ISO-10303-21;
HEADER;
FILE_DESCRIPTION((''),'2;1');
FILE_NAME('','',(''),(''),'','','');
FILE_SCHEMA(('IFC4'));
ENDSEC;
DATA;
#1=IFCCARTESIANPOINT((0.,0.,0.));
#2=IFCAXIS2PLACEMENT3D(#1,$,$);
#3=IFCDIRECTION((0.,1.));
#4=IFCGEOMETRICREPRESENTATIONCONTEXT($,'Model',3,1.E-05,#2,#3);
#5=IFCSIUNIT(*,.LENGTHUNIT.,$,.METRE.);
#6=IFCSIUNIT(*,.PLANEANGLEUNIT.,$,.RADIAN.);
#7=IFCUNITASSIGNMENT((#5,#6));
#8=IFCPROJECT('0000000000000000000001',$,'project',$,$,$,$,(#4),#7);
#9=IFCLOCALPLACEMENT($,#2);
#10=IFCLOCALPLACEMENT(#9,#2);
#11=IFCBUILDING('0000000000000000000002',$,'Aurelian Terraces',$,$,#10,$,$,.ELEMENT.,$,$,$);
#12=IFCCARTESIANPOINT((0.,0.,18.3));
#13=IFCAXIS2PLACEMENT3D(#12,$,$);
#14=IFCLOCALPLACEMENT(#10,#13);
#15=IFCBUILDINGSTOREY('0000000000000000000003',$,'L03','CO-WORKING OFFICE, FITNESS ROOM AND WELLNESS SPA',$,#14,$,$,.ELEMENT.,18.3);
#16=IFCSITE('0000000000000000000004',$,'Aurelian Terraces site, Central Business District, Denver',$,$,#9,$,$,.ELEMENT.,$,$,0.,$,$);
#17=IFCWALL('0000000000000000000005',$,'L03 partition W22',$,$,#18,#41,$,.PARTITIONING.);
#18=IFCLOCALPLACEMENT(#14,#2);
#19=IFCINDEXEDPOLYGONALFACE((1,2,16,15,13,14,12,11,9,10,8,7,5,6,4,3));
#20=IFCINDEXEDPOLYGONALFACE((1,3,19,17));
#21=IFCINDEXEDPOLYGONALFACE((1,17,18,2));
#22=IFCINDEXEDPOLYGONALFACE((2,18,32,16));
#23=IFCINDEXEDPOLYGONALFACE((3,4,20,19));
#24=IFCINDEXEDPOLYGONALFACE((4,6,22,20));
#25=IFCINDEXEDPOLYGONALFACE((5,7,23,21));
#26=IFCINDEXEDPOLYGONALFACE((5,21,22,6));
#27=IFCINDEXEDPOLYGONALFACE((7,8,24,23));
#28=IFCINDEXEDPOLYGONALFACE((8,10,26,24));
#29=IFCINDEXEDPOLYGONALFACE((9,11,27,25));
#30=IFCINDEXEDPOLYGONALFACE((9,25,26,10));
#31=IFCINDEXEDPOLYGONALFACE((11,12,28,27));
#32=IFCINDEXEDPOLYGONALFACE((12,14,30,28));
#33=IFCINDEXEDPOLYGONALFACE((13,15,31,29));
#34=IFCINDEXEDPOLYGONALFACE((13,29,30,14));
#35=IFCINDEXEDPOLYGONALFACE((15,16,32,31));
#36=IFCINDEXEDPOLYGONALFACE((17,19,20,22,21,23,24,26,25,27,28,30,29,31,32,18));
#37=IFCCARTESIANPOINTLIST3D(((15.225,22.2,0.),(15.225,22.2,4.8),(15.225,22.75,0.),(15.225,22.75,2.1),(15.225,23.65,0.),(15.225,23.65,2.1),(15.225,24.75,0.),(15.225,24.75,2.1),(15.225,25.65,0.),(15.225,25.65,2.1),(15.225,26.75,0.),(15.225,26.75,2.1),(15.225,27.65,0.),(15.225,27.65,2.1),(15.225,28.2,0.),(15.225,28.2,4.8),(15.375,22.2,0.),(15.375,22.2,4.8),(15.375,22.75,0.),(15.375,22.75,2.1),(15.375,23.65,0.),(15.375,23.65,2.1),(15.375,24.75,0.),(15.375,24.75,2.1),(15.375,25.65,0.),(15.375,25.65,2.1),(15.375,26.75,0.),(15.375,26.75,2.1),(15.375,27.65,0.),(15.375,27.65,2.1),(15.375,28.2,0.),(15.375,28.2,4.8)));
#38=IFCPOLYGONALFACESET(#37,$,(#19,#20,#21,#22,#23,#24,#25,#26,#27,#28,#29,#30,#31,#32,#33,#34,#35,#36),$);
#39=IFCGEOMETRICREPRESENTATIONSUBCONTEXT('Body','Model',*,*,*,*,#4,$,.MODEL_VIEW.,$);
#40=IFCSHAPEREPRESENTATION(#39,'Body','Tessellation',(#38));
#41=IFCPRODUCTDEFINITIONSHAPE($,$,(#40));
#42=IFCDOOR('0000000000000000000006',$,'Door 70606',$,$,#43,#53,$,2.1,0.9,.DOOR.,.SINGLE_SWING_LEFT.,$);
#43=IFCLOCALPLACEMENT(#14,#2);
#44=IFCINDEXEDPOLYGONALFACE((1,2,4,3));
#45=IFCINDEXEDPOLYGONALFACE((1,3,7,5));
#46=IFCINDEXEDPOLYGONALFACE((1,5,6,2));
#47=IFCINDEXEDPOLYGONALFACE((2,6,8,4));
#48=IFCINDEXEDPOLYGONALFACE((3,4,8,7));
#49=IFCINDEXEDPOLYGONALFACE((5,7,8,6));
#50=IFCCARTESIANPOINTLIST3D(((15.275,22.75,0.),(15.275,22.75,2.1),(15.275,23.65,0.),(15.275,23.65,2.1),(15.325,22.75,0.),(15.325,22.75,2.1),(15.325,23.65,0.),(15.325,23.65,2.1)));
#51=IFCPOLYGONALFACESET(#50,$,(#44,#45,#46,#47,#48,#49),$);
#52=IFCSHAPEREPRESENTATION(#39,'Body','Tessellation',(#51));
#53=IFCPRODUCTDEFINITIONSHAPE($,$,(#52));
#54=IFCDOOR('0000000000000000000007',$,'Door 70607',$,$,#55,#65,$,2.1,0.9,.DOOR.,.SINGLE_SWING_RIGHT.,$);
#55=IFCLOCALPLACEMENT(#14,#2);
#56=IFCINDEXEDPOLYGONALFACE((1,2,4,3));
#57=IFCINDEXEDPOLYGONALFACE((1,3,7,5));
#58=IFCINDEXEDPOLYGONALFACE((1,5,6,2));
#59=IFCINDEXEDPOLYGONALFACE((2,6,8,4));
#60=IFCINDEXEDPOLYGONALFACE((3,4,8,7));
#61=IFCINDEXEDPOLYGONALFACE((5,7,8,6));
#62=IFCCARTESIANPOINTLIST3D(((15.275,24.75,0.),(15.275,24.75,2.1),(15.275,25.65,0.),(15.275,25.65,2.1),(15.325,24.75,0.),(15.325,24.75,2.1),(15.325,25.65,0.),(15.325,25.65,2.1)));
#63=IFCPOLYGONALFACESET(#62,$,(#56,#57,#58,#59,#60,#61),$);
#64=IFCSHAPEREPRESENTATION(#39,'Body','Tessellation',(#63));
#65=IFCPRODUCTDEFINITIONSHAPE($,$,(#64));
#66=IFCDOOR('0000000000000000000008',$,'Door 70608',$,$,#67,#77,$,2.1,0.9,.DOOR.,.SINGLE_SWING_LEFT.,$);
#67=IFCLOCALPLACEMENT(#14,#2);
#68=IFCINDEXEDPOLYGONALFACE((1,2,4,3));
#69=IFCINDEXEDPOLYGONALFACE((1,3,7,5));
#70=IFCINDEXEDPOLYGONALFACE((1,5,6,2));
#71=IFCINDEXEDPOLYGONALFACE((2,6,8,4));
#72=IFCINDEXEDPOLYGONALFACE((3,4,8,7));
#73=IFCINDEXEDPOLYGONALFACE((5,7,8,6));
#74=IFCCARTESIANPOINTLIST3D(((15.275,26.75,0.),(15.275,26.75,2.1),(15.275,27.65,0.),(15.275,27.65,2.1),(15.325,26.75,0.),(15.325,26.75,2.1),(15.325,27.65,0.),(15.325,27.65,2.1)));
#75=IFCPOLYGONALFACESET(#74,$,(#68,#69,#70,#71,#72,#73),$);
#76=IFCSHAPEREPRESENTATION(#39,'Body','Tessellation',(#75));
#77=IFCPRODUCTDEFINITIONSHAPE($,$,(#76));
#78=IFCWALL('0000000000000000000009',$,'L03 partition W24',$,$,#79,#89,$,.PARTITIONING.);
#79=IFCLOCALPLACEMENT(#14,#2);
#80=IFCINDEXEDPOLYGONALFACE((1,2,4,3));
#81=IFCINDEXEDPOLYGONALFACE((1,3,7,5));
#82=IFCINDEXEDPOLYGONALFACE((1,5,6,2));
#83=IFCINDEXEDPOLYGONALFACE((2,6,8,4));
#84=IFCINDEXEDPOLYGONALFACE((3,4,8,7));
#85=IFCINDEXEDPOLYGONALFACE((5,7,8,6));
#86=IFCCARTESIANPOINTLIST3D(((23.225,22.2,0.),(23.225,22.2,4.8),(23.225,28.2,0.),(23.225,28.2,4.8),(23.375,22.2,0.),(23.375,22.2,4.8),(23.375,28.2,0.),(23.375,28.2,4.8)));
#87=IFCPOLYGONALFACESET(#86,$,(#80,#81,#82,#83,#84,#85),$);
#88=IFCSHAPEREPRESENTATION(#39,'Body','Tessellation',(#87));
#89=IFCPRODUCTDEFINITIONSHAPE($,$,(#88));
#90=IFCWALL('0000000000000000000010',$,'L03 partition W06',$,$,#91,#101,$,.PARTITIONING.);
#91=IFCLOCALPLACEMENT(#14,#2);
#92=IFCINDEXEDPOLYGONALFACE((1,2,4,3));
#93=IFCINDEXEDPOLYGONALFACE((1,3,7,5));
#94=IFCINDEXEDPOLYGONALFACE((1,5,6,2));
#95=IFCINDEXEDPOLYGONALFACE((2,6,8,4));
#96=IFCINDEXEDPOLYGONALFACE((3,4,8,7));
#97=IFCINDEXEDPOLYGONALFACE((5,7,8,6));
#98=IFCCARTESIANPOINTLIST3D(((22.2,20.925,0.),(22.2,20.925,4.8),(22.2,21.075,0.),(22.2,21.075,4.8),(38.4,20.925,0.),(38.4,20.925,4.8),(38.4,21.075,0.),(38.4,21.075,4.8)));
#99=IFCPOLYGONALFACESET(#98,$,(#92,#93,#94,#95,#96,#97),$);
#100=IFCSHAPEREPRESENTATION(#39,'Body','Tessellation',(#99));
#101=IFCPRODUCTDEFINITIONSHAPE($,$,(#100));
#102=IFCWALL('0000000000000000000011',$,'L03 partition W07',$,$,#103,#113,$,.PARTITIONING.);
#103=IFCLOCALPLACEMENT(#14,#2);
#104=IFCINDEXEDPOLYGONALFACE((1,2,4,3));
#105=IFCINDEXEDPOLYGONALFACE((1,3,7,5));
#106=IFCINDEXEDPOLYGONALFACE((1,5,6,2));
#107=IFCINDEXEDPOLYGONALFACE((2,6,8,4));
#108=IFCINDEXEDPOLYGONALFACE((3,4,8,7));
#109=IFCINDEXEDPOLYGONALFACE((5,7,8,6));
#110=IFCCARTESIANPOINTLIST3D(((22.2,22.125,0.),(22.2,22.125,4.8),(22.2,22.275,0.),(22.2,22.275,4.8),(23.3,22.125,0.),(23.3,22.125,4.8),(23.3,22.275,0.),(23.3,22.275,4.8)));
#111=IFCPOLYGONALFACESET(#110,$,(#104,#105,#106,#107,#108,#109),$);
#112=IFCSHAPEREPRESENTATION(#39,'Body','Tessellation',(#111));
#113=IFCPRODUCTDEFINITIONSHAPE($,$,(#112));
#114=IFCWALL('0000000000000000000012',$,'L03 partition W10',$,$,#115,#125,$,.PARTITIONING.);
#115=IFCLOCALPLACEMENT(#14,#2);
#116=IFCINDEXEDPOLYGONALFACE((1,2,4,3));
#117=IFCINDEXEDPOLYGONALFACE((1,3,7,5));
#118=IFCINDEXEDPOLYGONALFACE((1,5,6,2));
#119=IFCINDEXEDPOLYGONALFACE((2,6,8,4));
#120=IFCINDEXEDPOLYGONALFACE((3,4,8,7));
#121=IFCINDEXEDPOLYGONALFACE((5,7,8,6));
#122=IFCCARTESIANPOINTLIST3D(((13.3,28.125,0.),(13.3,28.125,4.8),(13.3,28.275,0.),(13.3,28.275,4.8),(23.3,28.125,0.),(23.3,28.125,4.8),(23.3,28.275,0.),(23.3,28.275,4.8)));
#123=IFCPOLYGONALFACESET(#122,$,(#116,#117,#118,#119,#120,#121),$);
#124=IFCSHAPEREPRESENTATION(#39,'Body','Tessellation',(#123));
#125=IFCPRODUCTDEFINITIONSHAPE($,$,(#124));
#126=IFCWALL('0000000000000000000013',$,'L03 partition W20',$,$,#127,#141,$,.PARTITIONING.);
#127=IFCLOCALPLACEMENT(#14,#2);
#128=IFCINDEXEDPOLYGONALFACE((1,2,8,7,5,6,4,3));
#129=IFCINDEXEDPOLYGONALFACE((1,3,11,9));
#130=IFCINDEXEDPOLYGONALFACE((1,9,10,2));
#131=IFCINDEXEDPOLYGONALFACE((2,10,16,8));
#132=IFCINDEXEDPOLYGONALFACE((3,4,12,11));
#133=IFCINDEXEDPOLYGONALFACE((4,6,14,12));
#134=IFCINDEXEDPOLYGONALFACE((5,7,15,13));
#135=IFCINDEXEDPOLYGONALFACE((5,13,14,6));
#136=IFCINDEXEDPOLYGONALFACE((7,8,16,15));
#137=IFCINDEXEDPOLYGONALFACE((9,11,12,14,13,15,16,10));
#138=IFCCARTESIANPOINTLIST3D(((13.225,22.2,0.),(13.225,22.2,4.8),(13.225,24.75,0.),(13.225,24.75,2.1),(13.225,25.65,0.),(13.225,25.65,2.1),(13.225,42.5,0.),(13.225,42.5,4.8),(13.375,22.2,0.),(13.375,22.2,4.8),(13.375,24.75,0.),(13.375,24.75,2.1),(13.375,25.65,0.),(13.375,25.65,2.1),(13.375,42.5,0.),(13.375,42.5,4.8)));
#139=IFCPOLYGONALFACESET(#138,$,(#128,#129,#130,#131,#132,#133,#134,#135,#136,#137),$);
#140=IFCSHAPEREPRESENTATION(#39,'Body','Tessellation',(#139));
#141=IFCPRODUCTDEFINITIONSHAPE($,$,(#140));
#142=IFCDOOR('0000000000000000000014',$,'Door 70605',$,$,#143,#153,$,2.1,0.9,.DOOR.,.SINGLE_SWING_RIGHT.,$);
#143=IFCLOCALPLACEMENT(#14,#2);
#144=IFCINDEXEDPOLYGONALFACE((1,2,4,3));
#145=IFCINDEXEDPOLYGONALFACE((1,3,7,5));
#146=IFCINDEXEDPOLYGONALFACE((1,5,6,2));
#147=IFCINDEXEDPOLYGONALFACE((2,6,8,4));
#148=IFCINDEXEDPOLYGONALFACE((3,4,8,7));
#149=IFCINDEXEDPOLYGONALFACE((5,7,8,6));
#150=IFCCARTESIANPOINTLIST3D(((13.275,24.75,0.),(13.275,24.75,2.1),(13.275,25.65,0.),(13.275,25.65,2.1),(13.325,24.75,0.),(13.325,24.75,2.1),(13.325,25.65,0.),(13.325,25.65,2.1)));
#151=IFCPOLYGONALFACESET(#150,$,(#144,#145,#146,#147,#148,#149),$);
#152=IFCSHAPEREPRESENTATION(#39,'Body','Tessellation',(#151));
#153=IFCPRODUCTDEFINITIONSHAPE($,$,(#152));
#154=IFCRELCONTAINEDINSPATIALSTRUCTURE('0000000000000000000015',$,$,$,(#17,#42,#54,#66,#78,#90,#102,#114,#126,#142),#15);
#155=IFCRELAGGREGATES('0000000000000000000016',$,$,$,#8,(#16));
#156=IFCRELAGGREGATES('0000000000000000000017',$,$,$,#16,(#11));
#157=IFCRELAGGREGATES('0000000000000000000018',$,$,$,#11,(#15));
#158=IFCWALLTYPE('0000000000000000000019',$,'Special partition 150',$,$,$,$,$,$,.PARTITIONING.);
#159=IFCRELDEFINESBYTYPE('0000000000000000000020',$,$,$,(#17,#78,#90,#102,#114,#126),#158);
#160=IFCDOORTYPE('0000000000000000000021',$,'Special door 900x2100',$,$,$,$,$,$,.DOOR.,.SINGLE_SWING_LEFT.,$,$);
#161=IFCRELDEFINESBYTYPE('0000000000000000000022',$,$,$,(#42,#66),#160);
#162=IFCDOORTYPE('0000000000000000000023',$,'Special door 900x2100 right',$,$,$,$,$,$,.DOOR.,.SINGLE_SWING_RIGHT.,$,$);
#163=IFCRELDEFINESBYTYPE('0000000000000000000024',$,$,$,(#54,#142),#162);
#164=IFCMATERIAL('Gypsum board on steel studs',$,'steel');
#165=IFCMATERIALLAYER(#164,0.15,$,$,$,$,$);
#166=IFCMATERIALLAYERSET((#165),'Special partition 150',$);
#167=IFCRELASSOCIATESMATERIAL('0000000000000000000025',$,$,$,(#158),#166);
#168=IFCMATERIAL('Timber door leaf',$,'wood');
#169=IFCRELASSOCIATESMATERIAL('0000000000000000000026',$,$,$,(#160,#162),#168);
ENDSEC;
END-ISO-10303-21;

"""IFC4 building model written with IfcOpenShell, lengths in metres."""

from ifc_helpers import new_model, si_unit, direction, frame, frame_2d, origin, place, context, subcontext, project, spatial, rectangle, extrude, source, transform, mapped, material, layer, layer_set, type_object, element, fill, save


model = new_model("IFC4")

# Units and contexts
model_context = context("Model", 3, precision=1e-05, world=origin(), true_north=direction((0.0, 1.0)))
body_context = subcontext(model_context, "Body", "Model", "MODEL_VIEW")
ifc_project = project(units=[si_unit("LENGTHUNIT", "METRE"), si_unit("PLANEANGLEUNIT", "RADIAN")], contexts=[model_context])

# Site, building, storey
site_placement = place(None, origin())
site = spatial("IfcSite", under=ifc_project, at=site_placement, Name="Aurelian Terraces site, Central Business District, Denver", CompositionType="ELEMENT", RefElevation=0.0)
building_placement = place(site_placement, origin())
building = spatial("IfcBuilding", under=site, at=building_placement, Name="Aurelian Terraces", CompositionType="ELEMENT")
storey_placement = place(building_placement, frame((0.0, 0.0, 18.3)))
storey = spatial("IfcBuildingStorey", under=building, at=storey_placement, Name="L03", Description="CO-WORKING OFFICE, FITNESS ROOM AND WELLNESS SPA", CompositionType="ELEMENT", Elevation=18.3)

# Shared definitions
ifc_material_1 = material(Name="Gypsum board on steel studs", Category="steel")
ifc_layer_1 = layer(ifc_material_1, 0.15)
ifc_layer_set_1 = layer_set([ifc_layer_1], Name="Special partition 150")
wall_type_1 = type_object("IfcWallType", Name="Special partition 150", PredefinedType="PARTITIONING", material=ifc_layer_set_1)

# Wall, openings, doors
shared_shape_1 = source(origin(), body_context, "Body", "SweptSolid", [
    extrude(rectangle(XDim=6.0, YDim=0.15, at=frame_2d((3.0, 0.0))), origin(), (0.0, 0.0, 1.0), 4.8),
])
wall_1_placement = place(storey_placement, frame((15.3, 22.2, 0.0), z_axis=(0.0, 0.0, 1.0), x_axis=(0.0, 1.0, 0.0)))
wall_1 = element("IfcWall", 1, at=wall_1_placement, inside=storey, type_object=wall_type_1, Name="L03 partition W22", PredefinedType="PARTITIONING", context=body_context, shape_type="MappedRepresentation", body=[
    mapped(shared_shape_1, transform((0.0, 0.0, 0.0), scale=1.0)),
])
shared_shape_2 = source(origin(), body_context, "Body", "SweptSolid", [
    extrude(rectangle(XDim=0.9, YDim=2.1, at=frame_2d((0.45, 1.05))), frame((0.0, 0.085, 0.0), z_axis=(0.0, -1.0, 0.0), x_axis=(1.0, 0.0, 0.0)), (0.0, 0.0, 1.0), 0.17),
])
opening_1_placement = place(wall_1_placement, frame((0.55, 0.0, 0.0)))
opening_1 = element("IfcOpeningElement", 2, at=opening_1_placement, cuts=wall_1, PredefinedType="OPENING", context=body_context, shape_type="MappedRepresentation", body=[
    mapped(shared_shape_2, transform((0.0, 0.0, 0.0), scale=1.0)),
])
opening_2_placement = place(wall_1_placement, frame((2.55, 0.0, 0.0)))
opening_2 = element("IfcOpeningElement", 3, at=opening_2_placement, cuts=wall_1, PredefinedType="OPENING", context=body_context, shape_type="MappedRepresentation", body=[
    mapped(shared_shape_2, transform((0.0, 0.0, 0.0), scale=1.0)),
])
opening_3_placement = place(wall_1_placement, frame((4.55, 0.0, 0.0)))
opening_3 = element("IfcOpeningElement", 4, at=opening_3_placement, cuts=wall_1, PredefinedType="OPENING", context=body_context, shape_type="MappedRepresentation", body=[
    mapped(shared_shape_2, transform((0.0, 0.0, 0.0), scale=1.0)),
])
ifc_material_2 = material(Name="Timber door leaf", Category="wood")
door_type_1 = type_object("IfcDoorType", Name="Special door 900x2100", OperationType="SINGLE_SWING_LEFT", PredefinedType="DOOR", material=ifc_material_2)
shared_shape_3 = source(origin(), body_context, "Body", "SweptSolid", [
    extrude(rectangle(XDim=0.9, YDim=2.1, at=frame_2d((0.45, 1.05))), frame((0.0, 0.025, 0.0), z_axis=(0.0, -1.0, 0.0), x_axis=(1.0, 0.0, 0.0)), (0.0, 0.0, 1.0), 0.05),
])
door_1_placement = place(opening_1_placement, origin())
door_1 = element("IfcDoor", 5, at=door_1_placement, inside=storey, type_object=door_type_1, Name="Door 70606", OperationType="SINGLE_SWING_LEFT", OverallHeight=2.1, OverallWidth=0.9, PredefinedType="DOOR", context=body_context, shape_type="MappedRepresentation", body=[
    mapped(shared_shape_3, transform((0.0, 0.0, 0.0), scale=1.0)),
])
fill(opening_1, door_1)
door_type_2 = type_object("IfcDoorType", Name="Special door 900x2100 right", OperationType="SINGLE_SWING_RIGHT", PredefinedType="DOOR", material=ifc_material_2)
door_2_placement = place(opening_2_placement, origin())
door_2 = element("IfcDoor", 6, at=door_2_placement, inside=storey, type_object=door_type_2, Name="Door 70607", OperationType="SINGLE_SWING_RIGHT", OverallHeight=2.1, OverallWidth=0.9, PredefinedType="DOOR", context=body_context, shape_type="MappedRepresentation", body=[
    mapped(shared_shape_3, transform((0.0, 0.0, 0.0), scale=1.0)),
])
fill(opening_2, door_2)
door_3_placement = place(opening_3_placement, origin())
door_3 = element("IfcDoor", 7, at=door_3_placement, inside=storey, type_object=door_type_1, Name="Door 70608", OperationType="SINGLE_SWING_LEFT", OverallHeight=2.1, OverallWidth=0.9, PredefinedType="DOOR", context=body_context, shape_type="MappedRepresentation", body=[
    mapped(shared_shape_3, transform((0.0, 0.0, 0.0), scale=1.0)),
])
fill(opening_3, door_3)

# Walls
wall_2_placement = place(storey_placement, frame((23.3, 22.2, 0.0), z_axis=(0.0, 0.0, 1.0), x_axis=(0.0, 1.0, 0.0)))
element("IfcWall", 8, at=wall_2_placement, inside=storey, type_object=wall_type_1, Name="L03 partition W24", PredefinedType="PARTITIONING", context=body_context, shape_type="MappedRepresentation", body=[
    mapped(shared_shape_1, transform((0.0, 0.0, 0.0), scale=1.0)),
])
shared_shape_4 = source(origin(), body_context, "Body", "SweptSolid", [
    extrude(rectangle(XDim=16.2, YDim=0.15, at=frame_2d((8.1, 0.0))), origin(), (0.0, 0.0, 1.0), 4.8),
])
wall_3_placement = place(storey_placement, frame((22.2, 21.0, 0.0), z_axis=(0.0, 0.0, 1.0), x_axis=(1.0, 0.0, 0.0)))
element("IfcWall", 9, at=wall_3_placement, inside=storey, type_object=wall_type_1, Name="L03 partition W06", PredefinedType="PARTITIONING", context=body_context, shape_type="MappedRepresentation", body=[
    mapped(shared_shape_4, transform((0.0, 0.0, 0.0), scale=1.0)),
])
shared_shape_5 = source(origin(), body_context, "Body", "SweptSolid", [
    extrude(rectangle(XDim=1.1, YDim=0.15, at=frame_2d((0.55, 0.0))), origin(), (0.0, 0.0, 1.0), 4.8),
])
wall_4_placement = place(storey_placement, frame((22.2, 22.2, 0.0), z_axis=(0.0, 0.0, 1.0), x_axis=(1.0, 0.0, 0.0)))
element("IfcWall", 10, at=wall_4_placement, inside=storey, type_object=wall_type_1, Name="L03 partition W07", PredefinedType="PARTITIONING", context=body_context, shape_type="MappedRepresentation", body=[
    mapped(shared_shape_5, transform((0.0, 0.0, 0.0), scale=1.0)),
])
shared_shape_6 = source(origin(), body_context, "Body", "SweptSolid", [
    extrude(rectangle(XDim=10.0, YDim=0.15, at=frame_2d((5.0, 0.0))), origin(), (0.0, 0.0, 1.0), 4.8),
])
wall_5_placement = place(storey_placement, frame((13.3, 28.2, 0.0), z_axis=(0.0, 0.0, 1.0), x_axis=(1.0, 0.0, 0.0)))
element("IfcWall", 11, at=wall_5_placement, inside=storey, type_object=wall_type_1, Name="L03 partition W10", PredefinedType="PARTITIONING", context=body_context, shape_type="MappedRepresentation", body=[
    mapped(shared_shape_6, transform((0.0, 0.0, 0.0), scale=1.0)),
])

# Wall, opening, door
shared_shape_7 = source(origin(), body_context, "Body", "SweptSolid", [
    extrude(rectangle(XDim=20.3, YDim=0.15, at=frame_2d((10.15, 0.0))), origin(), (0.0, 0.0, 1.0), 4.8),
])
wall_6_placement = place(storey_placement, frame((13.3, 22.2, 0.0), z_axis=(0.0, 0.0, 1.0), x_axis=(0.0, 1.0, 0.0)))
wall_6 = element("IfcWall", 12, at=wall_6_placement, inside=storey, type_object=wall_type_1, Name="L03 partition W20", PredefinedType="PARTITIONING", context=body_context, shape_type="MappedRepresentation", body=[
    mapped(shared_shape_7, transform((0.0, 0.0, 0.0), scale=1.0)),
])
opening_4_placement = place(wall_6_placement, frame((2.55, 0.0, 0.0)))
opening_4 = element("IfcOpeningElement", 13, at=opening_4_placement, cuts=wall_6, PredefinedType="OPENING", context=body_context, shape_type="MappedRepresentation", body=[
    mapped(shared_shape_2, transform((0.0, 0.0, 0.0), scale=1.0)),
])
door_4_placement = place(opening_4_placement, origin())
door_4 = element("IfcDoor", 14, at=door_4_placement, inside=storey, type_object=door_type_2, Name="Door 70605", OperationType="SINGLE_SWING_RIGHT", OverallHeight=2.1, OverallWidth=0.9, PredefinedType="DOOR", context=body_context, shape_type="MappedRepresentation", body=[
    mapped(shared_shape_3, transform((0.0, 0.0, 0.0), scale=1.0)),
])
fill(opening_4, door_4)

save(model, "model.ifc")
